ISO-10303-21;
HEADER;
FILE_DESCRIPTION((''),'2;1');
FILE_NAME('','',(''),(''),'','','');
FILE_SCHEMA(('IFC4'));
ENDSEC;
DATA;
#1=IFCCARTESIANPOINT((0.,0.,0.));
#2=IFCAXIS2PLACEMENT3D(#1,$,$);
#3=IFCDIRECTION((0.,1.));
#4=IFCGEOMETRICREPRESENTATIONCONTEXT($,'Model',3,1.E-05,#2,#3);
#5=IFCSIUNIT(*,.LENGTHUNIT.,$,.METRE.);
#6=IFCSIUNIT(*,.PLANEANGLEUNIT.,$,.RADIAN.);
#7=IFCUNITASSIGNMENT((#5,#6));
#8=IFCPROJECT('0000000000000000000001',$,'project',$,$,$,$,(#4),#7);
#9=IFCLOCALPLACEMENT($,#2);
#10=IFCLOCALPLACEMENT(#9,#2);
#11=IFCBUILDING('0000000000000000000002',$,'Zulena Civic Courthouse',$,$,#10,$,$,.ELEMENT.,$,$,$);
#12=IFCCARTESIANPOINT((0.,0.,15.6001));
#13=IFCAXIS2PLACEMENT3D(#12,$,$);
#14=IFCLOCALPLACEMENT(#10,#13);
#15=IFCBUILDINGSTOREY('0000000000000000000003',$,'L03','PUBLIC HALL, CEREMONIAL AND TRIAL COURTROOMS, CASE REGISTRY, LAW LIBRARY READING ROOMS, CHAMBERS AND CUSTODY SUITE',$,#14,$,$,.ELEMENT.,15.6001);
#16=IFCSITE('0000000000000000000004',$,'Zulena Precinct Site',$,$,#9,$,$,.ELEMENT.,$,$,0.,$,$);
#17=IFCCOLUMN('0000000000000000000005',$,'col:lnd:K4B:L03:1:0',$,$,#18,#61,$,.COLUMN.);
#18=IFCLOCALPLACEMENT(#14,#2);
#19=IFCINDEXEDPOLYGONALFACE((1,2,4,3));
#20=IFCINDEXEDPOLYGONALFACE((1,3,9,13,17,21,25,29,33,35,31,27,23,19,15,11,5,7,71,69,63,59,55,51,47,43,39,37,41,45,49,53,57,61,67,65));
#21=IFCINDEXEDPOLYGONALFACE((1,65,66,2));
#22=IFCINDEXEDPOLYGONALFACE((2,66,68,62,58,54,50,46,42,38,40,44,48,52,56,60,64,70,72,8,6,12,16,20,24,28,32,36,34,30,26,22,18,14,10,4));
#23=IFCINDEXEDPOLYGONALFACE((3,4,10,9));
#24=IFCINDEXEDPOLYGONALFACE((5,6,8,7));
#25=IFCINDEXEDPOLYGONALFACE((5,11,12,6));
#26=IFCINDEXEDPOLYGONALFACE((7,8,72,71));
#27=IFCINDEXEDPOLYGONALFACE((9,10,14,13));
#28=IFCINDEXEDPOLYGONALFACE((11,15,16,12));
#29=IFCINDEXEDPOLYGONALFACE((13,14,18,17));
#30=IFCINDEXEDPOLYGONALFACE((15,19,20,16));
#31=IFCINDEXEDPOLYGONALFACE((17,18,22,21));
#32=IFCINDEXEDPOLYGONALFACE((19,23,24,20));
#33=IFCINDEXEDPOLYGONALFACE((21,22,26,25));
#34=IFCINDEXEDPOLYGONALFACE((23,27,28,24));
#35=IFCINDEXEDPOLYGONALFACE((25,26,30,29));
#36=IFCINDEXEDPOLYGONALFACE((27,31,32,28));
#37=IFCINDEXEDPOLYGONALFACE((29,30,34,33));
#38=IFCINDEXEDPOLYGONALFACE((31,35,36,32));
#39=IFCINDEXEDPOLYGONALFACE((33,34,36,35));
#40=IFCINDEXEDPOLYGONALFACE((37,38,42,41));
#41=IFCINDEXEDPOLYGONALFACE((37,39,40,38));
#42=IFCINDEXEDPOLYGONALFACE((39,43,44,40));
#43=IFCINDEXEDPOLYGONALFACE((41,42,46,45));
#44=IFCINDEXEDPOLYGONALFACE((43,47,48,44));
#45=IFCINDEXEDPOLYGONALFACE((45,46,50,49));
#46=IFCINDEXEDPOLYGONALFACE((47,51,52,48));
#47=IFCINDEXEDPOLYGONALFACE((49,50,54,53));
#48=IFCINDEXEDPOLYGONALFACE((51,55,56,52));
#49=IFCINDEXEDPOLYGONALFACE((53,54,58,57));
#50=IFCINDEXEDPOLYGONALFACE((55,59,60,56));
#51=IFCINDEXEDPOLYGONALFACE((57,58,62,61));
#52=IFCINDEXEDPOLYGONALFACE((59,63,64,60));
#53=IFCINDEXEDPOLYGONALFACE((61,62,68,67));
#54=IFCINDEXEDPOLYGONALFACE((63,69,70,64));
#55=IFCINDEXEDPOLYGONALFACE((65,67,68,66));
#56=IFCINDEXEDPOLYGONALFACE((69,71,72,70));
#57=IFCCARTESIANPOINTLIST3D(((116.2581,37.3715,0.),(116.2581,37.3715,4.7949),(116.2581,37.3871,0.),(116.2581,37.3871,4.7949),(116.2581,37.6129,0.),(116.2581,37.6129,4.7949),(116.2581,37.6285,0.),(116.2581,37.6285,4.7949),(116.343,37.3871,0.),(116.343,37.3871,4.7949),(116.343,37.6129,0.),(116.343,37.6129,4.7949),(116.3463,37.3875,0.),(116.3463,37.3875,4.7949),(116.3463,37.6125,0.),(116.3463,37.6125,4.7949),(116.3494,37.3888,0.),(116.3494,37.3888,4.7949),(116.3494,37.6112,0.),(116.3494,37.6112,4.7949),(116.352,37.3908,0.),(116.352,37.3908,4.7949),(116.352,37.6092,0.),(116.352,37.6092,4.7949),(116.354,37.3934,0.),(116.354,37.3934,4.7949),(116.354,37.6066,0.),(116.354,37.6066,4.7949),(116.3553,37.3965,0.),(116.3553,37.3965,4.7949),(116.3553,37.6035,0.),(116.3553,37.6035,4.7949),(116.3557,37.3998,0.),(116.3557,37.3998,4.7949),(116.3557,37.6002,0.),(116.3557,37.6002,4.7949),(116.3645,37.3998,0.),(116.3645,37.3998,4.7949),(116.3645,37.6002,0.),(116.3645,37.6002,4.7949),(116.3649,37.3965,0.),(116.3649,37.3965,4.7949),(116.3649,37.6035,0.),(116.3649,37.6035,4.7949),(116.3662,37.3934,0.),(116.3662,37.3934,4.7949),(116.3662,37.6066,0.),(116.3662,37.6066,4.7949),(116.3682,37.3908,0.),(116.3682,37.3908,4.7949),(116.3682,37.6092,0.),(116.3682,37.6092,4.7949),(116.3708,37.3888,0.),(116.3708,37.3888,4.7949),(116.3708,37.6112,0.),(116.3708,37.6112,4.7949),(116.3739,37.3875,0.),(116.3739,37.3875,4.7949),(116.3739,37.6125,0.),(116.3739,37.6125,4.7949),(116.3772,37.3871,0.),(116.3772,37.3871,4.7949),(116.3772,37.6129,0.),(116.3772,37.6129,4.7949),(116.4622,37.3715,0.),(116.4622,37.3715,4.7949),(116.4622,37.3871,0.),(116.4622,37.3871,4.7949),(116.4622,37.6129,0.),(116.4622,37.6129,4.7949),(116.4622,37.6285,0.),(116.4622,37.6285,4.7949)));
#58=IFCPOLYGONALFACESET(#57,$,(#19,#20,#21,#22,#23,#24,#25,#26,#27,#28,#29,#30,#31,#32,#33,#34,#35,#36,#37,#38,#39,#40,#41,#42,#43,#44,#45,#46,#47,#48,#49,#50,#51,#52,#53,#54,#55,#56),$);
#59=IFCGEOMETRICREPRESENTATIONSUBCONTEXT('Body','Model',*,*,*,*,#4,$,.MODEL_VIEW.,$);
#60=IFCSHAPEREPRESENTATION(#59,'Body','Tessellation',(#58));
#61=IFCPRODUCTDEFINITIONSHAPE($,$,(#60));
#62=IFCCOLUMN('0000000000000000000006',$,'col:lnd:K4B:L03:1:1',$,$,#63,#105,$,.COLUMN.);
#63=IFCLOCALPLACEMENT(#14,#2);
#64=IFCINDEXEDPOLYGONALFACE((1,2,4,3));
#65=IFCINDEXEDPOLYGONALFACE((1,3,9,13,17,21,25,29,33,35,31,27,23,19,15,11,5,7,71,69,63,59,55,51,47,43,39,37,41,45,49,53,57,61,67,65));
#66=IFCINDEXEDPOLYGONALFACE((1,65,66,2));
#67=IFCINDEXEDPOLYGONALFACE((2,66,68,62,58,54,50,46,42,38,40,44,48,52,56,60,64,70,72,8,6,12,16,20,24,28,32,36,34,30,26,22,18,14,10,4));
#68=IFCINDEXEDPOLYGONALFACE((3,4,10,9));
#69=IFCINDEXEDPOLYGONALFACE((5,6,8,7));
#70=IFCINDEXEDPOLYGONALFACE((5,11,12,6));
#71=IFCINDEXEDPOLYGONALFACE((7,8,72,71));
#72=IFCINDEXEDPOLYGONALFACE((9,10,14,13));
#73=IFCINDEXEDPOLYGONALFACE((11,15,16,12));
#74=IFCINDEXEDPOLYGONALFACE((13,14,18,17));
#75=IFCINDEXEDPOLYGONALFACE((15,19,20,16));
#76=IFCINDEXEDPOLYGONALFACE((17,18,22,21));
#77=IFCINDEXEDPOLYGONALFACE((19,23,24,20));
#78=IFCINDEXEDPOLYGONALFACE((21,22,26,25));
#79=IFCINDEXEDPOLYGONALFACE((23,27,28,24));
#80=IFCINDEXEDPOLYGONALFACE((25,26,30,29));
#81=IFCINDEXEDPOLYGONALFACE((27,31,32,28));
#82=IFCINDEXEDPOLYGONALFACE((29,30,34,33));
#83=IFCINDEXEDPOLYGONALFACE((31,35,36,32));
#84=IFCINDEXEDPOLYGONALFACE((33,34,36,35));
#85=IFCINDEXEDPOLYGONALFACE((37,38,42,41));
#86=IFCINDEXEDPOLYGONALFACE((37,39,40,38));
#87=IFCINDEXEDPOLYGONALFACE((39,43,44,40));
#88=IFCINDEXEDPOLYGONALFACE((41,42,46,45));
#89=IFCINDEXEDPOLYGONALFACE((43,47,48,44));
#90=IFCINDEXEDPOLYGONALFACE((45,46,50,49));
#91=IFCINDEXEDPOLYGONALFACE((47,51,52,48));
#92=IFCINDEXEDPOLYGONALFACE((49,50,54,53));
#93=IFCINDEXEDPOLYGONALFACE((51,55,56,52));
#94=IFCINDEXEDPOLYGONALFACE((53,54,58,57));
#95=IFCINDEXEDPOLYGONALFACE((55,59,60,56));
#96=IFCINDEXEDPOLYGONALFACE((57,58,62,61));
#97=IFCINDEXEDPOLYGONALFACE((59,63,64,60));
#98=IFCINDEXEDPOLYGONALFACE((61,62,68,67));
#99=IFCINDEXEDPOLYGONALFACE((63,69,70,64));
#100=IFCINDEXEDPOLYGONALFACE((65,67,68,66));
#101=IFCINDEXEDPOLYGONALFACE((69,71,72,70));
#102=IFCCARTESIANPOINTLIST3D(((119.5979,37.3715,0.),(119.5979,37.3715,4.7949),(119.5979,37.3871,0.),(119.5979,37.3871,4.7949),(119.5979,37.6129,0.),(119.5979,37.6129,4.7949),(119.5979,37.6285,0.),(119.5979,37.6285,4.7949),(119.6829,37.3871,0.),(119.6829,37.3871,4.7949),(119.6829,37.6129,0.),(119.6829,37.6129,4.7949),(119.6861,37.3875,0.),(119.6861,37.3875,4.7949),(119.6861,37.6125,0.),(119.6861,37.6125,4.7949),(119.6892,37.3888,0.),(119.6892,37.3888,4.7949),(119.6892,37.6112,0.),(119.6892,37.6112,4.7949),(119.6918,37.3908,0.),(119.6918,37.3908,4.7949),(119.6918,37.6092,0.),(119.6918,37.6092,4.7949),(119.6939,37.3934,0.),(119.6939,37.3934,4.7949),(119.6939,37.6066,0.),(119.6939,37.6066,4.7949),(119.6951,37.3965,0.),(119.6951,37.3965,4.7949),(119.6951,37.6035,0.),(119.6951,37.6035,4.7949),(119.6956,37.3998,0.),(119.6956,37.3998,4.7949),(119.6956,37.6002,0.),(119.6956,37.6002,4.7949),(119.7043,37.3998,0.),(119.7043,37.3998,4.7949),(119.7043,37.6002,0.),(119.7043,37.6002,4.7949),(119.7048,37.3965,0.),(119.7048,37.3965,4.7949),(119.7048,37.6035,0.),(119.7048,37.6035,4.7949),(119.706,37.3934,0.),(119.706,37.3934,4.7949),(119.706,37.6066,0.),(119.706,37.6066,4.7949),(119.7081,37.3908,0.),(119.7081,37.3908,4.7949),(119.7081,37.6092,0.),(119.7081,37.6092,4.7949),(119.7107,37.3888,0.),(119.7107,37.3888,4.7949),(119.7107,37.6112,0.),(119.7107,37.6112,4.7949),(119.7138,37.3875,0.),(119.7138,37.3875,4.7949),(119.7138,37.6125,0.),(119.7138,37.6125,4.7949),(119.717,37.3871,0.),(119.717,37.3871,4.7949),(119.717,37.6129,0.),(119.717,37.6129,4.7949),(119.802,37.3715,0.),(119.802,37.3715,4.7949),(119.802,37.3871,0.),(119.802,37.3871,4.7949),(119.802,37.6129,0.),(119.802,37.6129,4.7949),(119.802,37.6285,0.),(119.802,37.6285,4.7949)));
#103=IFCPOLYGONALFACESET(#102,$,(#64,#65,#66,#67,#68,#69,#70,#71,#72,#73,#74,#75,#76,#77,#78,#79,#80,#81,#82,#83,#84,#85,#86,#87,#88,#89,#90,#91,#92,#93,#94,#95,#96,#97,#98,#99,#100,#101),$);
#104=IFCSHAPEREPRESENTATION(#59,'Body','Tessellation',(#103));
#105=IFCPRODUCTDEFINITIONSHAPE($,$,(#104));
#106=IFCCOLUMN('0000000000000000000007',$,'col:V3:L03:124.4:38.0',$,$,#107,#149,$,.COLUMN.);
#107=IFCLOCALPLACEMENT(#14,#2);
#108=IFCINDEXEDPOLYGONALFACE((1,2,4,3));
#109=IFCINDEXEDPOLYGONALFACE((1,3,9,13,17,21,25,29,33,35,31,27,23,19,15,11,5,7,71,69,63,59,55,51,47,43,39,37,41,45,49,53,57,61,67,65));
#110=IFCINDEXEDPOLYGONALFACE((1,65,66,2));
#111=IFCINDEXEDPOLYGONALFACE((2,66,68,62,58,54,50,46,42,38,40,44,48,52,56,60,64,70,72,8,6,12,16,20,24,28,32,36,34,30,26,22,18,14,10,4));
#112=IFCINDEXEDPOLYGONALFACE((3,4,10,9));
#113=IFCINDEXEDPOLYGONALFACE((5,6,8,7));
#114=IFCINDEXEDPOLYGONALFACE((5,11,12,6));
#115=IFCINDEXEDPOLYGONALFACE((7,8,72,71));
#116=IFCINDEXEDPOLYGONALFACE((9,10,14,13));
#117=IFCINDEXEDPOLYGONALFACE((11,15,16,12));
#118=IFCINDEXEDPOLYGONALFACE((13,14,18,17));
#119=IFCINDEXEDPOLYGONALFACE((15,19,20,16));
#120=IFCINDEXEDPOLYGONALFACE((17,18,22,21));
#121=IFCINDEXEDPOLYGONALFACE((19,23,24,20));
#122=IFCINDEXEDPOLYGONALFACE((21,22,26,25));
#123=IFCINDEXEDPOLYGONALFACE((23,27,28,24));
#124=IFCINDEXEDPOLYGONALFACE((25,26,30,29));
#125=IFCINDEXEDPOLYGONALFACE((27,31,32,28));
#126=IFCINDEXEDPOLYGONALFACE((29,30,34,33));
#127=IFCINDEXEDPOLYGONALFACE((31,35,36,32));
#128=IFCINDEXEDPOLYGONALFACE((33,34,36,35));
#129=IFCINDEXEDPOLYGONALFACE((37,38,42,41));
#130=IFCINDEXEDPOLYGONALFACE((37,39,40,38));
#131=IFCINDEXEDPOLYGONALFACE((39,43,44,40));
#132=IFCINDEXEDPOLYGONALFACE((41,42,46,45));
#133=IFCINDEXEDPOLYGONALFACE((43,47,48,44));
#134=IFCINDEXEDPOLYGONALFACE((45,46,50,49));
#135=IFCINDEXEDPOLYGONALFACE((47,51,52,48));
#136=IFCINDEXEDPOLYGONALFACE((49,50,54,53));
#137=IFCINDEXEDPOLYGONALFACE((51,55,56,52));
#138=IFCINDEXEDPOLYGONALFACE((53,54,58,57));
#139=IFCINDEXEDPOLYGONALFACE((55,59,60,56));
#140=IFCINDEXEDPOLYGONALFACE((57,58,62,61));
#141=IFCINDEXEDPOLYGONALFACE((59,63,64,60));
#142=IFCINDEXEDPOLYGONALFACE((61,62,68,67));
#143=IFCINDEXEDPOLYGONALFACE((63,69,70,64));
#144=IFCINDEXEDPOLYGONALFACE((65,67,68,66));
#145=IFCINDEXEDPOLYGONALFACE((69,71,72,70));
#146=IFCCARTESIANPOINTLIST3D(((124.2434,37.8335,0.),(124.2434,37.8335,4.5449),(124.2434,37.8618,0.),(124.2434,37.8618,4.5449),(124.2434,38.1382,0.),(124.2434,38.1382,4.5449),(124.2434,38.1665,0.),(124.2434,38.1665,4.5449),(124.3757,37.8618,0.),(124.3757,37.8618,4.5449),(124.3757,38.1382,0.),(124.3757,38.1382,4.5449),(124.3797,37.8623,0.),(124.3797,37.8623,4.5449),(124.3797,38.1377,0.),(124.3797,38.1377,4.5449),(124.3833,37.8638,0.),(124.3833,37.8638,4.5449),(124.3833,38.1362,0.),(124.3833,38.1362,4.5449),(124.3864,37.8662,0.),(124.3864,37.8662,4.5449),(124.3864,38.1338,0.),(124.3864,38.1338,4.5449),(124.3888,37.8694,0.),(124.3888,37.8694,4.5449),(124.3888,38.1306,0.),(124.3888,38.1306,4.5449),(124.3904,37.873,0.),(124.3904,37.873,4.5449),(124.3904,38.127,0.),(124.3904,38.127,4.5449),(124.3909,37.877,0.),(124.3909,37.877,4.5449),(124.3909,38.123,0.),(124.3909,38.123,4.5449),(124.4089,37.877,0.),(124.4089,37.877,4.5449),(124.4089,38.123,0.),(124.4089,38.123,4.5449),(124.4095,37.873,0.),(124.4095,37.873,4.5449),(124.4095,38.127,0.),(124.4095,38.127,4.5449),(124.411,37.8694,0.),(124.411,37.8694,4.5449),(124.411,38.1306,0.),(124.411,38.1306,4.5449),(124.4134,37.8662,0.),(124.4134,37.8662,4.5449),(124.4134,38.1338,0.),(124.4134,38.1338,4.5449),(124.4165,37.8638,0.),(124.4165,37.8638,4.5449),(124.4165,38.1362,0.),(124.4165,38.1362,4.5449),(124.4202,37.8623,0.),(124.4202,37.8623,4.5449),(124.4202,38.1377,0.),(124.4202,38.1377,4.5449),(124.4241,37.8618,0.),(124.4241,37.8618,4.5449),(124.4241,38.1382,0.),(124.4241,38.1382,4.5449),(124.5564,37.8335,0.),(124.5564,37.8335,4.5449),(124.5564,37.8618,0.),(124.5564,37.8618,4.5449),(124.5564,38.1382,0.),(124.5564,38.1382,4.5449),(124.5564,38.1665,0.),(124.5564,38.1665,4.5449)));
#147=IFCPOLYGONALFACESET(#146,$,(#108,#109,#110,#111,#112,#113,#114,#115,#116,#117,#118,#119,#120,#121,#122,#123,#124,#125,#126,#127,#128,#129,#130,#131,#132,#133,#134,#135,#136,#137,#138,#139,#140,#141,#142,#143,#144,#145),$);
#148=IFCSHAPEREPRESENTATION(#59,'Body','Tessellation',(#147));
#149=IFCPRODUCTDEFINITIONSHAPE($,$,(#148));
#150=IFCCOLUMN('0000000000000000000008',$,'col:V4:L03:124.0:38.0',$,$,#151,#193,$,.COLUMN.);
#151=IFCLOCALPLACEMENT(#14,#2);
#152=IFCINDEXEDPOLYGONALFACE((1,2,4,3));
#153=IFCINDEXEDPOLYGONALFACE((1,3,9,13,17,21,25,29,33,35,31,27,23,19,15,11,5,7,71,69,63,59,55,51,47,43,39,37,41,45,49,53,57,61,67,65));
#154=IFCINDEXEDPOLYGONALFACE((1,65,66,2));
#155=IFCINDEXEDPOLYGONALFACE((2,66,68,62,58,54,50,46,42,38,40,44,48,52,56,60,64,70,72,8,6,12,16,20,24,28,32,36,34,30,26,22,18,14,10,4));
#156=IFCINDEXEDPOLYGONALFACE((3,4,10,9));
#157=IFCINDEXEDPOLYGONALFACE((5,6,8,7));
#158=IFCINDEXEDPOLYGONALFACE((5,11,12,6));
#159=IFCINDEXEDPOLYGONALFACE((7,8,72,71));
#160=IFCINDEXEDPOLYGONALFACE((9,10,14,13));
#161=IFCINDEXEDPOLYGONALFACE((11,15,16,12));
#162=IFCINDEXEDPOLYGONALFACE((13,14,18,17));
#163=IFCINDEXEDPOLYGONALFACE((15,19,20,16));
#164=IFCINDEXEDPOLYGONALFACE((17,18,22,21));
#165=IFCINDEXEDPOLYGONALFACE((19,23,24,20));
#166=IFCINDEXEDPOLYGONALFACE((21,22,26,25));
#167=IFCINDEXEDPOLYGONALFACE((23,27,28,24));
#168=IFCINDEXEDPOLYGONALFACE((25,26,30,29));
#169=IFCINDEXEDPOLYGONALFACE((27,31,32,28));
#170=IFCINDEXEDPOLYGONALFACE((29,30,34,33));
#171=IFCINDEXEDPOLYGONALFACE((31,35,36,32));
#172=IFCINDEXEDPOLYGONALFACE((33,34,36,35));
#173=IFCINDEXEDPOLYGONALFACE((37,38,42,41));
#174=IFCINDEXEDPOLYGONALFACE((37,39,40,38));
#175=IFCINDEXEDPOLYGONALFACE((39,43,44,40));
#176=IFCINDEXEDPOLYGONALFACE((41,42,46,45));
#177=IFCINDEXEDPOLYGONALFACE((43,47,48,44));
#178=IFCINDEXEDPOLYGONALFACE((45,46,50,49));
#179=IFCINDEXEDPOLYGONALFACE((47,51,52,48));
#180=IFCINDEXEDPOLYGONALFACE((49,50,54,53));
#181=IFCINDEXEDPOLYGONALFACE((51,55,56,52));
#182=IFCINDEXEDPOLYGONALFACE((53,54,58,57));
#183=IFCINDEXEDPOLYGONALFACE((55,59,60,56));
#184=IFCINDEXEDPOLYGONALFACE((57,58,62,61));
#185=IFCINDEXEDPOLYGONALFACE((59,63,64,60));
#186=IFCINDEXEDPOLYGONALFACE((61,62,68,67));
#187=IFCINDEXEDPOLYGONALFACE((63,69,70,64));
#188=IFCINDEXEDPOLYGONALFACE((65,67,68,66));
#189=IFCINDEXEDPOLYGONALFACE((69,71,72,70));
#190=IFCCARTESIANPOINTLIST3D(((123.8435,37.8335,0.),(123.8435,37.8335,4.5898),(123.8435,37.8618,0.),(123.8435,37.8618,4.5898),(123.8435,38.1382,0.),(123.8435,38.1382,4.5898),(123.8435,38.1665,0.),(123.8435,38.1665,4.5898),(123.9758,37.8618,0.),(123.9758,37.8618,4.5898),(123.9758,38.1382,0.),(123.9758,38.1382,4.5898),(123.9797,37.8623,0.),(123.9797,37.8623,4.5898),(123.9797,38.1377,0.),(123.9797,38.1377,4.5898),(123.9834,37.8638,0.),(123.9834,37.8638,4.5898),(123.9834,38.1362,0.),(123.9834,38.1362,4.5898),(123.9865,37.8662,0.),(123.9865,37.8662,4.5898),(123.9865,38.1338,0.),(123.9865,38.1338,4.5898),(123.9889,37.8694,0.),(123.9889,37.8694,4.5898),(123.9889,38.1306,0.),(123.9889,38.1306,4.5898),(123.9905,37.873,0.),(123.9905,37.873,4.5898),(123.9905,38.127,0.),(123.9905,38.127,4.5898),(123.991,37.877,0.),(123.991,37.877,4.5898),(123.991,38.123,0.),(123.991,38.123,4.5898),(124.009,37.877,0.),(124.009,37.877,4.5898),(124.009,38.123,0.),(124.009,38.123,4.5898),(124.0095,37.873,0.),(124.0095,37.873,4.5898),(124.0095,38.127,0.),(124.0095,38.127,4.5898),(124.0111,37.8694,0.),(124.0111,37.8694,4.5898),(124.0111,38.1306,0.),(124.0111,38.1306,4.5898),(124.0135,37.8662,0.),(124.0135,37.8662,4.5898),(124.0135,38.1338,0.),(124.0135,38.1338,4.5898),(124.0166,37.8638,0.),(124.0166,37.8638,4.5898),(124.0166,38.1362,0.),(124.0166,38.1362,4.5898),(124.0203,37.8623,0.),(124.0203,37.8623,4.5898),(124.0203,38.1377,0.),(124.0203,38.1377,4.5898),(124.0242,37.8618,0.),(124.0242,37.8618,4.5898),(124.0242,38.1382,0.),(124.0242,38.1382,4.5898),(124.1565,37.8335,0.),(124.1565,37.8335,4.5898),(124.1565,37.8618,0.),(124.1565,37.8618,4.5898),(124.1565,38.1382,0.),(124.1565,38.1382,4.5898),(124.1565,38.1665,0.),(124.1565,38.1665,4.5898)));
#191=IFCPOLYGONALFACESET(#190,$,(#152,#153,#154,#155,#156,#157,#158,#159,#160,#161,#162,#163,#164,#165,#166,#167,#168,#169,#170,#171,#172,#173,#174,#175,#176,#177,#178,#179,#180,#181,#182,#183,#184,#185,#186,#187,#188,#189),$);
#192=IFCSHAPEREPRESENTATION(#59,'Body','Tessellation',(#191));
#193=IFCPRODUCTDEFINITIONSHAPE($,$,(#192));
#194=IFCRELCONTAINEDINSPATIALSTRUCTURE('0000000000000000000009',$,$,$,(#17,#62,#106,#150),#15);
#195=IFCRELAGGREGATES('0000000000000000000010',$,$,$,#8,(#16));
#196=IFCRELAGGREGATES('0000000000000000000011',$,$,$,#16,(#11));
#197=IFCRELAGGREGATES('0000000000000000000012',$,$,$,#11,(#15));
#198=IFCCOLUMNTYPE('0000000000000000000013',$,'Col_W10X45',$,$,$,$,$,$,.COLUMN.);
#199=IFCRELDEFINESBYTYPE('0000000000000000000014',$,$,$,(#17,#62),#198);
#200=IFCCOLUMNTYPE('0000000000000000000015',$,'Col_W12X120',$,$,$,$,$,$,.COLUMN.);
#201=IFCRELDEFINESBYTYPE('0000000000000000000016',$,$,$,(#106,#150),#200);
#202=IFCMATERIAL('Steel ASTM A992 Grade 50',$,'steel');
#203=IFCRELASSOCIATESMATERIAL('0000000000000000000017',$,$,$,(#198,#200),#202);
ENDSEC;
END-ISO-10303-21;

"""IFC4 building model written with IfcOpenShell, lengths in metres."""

from ifc_helpers import new_model, si_unit, direction, frame, origin, origin_2d, place, context, subcontext, project, spatial, i_section, extrude, material, material_profile, profile_set, type_object, element, save


model = new_model("IFC4")

# Units and contexts
model_context = context("Model", 3, precision=1e-05, world=origin(), true_north=direction((0.0, 1.0)))
body_context = subcontext(model_context, "Body", "Model", "MODEL_VIEW")
ifc_project = project(units=[si_unit("LENGTHUNIT", "METRE"), si_unit("PLANEANGLEUNIT", "RADIAN")], contexts=[model_context])

# Site, building, storey
site_placement = place(None, origin())
site = spatial("IfcSite", under=ifc_project, at=site_placement, Name="Zulena Precinct Site", CompositionType="ELEMENT", RefElevation=0.0)
building_placement = place(site_placement, origin())
building = spatial("IfcBuilding", under=site, at=building_placement, Name="Zulena Civic Courthouse", CompositionType="ELEMENT")
storey_placement = place(building_placement, frame((0.0, 0.0, 15.6001)))
storey = spatial("IfcBuildingStorey", under=building, at=storey_placement, Name="L03", Description="PUBLIC HALL, CEREMONIAL AND TRIAL COURTROOMS, CASE REGISTRY, LAW LIBRARY READING ROOMS, CHAMBERS AND CUSTODY SUITE", CompositionType="ELEMENT", Elevation=15.6001)

# Columns
ifc_material_1 = material(Name="Steel ASTM A992 Grade 50", Category="steel")
ifc_material_profile_1 = material_profile(ifc_material_1, i_section(OverallWidth=0.2041, OverallDepth=0.2571, WebThickness=0.0088, FlangeThickness=0.0156, FilletRadius=0.0127, at=origin_2d()), Name="W10X45")
ifc_profile_set_1 = profile_set([ifc_material_profile_1], Name="Steel ASTM A992 Grade 50")
column_type_1 = type_object("IfcColumnType", Name="Col_W10X45", PredefinedType="COLUMN", material=ifc_profile_set_1)
for number, where, z_axis, x_axis, name in (
    (1, (116.3601, 37.5, 0.0), (0.0, 0.0, 1.0), (1.0, 0.0, 0.0), "col:lnd:K4B:L03:1:0"),
    (2, (119.7, 37.5, 0.0), (0.0, 0.0, 1.0), (1.0, 0.0, 0.0), "col:lnd:K4B:L03:1:1"),
):
    element("IfcColumn", number, at=place(storey_placement, frame(where, z_axis=z_axis, x_axis=x_axis)), inside=storey, type_object=column_type_1, Name=name, PredefinedType="COLUMN", context=body_context, shape_type="SweptSolid", body=[
        extrude(i_section(OverallWidth=0.2041, OverallDepth=0.2571, WebThickness=0.0088, FlangeThickness=0.0156, FilletRadius=0.0127, at=origin_2d()), origin(), (0.0, 0.0, 1.0), 4.7949),
    ])
ifc_material_profile_2 = material_profile(ifc_material_1, i_section(OverallWidth=0.313, OverallDepth=0.333, WebThickness=0.0181, FlangeThickness=0.0283, FilletRadius=0.0151, at=origin_2d()), Name="W12X120")
ifc_profile_set_2 = profile_set([ifc_material_profile_2], Name="Steel ASTM A992 Grade 50")
column_type_2 = type_object("IfcColumnType", Name="Col_W12X120", PredefinedType="COLUMN", material=ifc_profile_set_2)
column_1_placement = place(storey_placement, frame((124.3999, 38.0, 0.0), z_axis=(0.0, 0.0, 1.0), x_axis=(1.0, 0.0, 0.0)))
element("IfcColumn", 3, at=column_1_placement, inside=storey, type_object=column_type_2, Name="col:V3:L03:124.4:38.0", PredefinedType="COLUMN", context=body_context, shape_type="SweptSolid", body=[
    extrude(i_section(OverallWidth=0.313, OverallDepth=0.333, WebThickness=0.0181, FlangeThickness=0.0283, FilletRadius=0.0151, at=origin_2d()), origin(), (0.0, 0.0, 1.0), 4.5449),
])
column_2_placement = place(storey_placement, frame((124.0, 38.0, 0.0), z_axis=(0.0, 0.0, 1.0), x_axis=(1.0, 0.0, 0.0)))
element("IfcColumn", 4, at=column_2_placement, inside=storey, type_object=column_type_2, Name="col:V4:L03:124.0:38.0", PredefinedType="COLUMN", context=body_context, shape_type="SweptSolid", body=[
    extrude(i_section(OverallWidth=0.313, OverallDepth=0.333, WebThickness=0.0181, FlangeThickness=0.0283, FilletRadius=0.0151, at=origin_2d()), origin(), (0.0, 0.0, 1.0), 4.5898),
])

save(model, "model.ifc")
